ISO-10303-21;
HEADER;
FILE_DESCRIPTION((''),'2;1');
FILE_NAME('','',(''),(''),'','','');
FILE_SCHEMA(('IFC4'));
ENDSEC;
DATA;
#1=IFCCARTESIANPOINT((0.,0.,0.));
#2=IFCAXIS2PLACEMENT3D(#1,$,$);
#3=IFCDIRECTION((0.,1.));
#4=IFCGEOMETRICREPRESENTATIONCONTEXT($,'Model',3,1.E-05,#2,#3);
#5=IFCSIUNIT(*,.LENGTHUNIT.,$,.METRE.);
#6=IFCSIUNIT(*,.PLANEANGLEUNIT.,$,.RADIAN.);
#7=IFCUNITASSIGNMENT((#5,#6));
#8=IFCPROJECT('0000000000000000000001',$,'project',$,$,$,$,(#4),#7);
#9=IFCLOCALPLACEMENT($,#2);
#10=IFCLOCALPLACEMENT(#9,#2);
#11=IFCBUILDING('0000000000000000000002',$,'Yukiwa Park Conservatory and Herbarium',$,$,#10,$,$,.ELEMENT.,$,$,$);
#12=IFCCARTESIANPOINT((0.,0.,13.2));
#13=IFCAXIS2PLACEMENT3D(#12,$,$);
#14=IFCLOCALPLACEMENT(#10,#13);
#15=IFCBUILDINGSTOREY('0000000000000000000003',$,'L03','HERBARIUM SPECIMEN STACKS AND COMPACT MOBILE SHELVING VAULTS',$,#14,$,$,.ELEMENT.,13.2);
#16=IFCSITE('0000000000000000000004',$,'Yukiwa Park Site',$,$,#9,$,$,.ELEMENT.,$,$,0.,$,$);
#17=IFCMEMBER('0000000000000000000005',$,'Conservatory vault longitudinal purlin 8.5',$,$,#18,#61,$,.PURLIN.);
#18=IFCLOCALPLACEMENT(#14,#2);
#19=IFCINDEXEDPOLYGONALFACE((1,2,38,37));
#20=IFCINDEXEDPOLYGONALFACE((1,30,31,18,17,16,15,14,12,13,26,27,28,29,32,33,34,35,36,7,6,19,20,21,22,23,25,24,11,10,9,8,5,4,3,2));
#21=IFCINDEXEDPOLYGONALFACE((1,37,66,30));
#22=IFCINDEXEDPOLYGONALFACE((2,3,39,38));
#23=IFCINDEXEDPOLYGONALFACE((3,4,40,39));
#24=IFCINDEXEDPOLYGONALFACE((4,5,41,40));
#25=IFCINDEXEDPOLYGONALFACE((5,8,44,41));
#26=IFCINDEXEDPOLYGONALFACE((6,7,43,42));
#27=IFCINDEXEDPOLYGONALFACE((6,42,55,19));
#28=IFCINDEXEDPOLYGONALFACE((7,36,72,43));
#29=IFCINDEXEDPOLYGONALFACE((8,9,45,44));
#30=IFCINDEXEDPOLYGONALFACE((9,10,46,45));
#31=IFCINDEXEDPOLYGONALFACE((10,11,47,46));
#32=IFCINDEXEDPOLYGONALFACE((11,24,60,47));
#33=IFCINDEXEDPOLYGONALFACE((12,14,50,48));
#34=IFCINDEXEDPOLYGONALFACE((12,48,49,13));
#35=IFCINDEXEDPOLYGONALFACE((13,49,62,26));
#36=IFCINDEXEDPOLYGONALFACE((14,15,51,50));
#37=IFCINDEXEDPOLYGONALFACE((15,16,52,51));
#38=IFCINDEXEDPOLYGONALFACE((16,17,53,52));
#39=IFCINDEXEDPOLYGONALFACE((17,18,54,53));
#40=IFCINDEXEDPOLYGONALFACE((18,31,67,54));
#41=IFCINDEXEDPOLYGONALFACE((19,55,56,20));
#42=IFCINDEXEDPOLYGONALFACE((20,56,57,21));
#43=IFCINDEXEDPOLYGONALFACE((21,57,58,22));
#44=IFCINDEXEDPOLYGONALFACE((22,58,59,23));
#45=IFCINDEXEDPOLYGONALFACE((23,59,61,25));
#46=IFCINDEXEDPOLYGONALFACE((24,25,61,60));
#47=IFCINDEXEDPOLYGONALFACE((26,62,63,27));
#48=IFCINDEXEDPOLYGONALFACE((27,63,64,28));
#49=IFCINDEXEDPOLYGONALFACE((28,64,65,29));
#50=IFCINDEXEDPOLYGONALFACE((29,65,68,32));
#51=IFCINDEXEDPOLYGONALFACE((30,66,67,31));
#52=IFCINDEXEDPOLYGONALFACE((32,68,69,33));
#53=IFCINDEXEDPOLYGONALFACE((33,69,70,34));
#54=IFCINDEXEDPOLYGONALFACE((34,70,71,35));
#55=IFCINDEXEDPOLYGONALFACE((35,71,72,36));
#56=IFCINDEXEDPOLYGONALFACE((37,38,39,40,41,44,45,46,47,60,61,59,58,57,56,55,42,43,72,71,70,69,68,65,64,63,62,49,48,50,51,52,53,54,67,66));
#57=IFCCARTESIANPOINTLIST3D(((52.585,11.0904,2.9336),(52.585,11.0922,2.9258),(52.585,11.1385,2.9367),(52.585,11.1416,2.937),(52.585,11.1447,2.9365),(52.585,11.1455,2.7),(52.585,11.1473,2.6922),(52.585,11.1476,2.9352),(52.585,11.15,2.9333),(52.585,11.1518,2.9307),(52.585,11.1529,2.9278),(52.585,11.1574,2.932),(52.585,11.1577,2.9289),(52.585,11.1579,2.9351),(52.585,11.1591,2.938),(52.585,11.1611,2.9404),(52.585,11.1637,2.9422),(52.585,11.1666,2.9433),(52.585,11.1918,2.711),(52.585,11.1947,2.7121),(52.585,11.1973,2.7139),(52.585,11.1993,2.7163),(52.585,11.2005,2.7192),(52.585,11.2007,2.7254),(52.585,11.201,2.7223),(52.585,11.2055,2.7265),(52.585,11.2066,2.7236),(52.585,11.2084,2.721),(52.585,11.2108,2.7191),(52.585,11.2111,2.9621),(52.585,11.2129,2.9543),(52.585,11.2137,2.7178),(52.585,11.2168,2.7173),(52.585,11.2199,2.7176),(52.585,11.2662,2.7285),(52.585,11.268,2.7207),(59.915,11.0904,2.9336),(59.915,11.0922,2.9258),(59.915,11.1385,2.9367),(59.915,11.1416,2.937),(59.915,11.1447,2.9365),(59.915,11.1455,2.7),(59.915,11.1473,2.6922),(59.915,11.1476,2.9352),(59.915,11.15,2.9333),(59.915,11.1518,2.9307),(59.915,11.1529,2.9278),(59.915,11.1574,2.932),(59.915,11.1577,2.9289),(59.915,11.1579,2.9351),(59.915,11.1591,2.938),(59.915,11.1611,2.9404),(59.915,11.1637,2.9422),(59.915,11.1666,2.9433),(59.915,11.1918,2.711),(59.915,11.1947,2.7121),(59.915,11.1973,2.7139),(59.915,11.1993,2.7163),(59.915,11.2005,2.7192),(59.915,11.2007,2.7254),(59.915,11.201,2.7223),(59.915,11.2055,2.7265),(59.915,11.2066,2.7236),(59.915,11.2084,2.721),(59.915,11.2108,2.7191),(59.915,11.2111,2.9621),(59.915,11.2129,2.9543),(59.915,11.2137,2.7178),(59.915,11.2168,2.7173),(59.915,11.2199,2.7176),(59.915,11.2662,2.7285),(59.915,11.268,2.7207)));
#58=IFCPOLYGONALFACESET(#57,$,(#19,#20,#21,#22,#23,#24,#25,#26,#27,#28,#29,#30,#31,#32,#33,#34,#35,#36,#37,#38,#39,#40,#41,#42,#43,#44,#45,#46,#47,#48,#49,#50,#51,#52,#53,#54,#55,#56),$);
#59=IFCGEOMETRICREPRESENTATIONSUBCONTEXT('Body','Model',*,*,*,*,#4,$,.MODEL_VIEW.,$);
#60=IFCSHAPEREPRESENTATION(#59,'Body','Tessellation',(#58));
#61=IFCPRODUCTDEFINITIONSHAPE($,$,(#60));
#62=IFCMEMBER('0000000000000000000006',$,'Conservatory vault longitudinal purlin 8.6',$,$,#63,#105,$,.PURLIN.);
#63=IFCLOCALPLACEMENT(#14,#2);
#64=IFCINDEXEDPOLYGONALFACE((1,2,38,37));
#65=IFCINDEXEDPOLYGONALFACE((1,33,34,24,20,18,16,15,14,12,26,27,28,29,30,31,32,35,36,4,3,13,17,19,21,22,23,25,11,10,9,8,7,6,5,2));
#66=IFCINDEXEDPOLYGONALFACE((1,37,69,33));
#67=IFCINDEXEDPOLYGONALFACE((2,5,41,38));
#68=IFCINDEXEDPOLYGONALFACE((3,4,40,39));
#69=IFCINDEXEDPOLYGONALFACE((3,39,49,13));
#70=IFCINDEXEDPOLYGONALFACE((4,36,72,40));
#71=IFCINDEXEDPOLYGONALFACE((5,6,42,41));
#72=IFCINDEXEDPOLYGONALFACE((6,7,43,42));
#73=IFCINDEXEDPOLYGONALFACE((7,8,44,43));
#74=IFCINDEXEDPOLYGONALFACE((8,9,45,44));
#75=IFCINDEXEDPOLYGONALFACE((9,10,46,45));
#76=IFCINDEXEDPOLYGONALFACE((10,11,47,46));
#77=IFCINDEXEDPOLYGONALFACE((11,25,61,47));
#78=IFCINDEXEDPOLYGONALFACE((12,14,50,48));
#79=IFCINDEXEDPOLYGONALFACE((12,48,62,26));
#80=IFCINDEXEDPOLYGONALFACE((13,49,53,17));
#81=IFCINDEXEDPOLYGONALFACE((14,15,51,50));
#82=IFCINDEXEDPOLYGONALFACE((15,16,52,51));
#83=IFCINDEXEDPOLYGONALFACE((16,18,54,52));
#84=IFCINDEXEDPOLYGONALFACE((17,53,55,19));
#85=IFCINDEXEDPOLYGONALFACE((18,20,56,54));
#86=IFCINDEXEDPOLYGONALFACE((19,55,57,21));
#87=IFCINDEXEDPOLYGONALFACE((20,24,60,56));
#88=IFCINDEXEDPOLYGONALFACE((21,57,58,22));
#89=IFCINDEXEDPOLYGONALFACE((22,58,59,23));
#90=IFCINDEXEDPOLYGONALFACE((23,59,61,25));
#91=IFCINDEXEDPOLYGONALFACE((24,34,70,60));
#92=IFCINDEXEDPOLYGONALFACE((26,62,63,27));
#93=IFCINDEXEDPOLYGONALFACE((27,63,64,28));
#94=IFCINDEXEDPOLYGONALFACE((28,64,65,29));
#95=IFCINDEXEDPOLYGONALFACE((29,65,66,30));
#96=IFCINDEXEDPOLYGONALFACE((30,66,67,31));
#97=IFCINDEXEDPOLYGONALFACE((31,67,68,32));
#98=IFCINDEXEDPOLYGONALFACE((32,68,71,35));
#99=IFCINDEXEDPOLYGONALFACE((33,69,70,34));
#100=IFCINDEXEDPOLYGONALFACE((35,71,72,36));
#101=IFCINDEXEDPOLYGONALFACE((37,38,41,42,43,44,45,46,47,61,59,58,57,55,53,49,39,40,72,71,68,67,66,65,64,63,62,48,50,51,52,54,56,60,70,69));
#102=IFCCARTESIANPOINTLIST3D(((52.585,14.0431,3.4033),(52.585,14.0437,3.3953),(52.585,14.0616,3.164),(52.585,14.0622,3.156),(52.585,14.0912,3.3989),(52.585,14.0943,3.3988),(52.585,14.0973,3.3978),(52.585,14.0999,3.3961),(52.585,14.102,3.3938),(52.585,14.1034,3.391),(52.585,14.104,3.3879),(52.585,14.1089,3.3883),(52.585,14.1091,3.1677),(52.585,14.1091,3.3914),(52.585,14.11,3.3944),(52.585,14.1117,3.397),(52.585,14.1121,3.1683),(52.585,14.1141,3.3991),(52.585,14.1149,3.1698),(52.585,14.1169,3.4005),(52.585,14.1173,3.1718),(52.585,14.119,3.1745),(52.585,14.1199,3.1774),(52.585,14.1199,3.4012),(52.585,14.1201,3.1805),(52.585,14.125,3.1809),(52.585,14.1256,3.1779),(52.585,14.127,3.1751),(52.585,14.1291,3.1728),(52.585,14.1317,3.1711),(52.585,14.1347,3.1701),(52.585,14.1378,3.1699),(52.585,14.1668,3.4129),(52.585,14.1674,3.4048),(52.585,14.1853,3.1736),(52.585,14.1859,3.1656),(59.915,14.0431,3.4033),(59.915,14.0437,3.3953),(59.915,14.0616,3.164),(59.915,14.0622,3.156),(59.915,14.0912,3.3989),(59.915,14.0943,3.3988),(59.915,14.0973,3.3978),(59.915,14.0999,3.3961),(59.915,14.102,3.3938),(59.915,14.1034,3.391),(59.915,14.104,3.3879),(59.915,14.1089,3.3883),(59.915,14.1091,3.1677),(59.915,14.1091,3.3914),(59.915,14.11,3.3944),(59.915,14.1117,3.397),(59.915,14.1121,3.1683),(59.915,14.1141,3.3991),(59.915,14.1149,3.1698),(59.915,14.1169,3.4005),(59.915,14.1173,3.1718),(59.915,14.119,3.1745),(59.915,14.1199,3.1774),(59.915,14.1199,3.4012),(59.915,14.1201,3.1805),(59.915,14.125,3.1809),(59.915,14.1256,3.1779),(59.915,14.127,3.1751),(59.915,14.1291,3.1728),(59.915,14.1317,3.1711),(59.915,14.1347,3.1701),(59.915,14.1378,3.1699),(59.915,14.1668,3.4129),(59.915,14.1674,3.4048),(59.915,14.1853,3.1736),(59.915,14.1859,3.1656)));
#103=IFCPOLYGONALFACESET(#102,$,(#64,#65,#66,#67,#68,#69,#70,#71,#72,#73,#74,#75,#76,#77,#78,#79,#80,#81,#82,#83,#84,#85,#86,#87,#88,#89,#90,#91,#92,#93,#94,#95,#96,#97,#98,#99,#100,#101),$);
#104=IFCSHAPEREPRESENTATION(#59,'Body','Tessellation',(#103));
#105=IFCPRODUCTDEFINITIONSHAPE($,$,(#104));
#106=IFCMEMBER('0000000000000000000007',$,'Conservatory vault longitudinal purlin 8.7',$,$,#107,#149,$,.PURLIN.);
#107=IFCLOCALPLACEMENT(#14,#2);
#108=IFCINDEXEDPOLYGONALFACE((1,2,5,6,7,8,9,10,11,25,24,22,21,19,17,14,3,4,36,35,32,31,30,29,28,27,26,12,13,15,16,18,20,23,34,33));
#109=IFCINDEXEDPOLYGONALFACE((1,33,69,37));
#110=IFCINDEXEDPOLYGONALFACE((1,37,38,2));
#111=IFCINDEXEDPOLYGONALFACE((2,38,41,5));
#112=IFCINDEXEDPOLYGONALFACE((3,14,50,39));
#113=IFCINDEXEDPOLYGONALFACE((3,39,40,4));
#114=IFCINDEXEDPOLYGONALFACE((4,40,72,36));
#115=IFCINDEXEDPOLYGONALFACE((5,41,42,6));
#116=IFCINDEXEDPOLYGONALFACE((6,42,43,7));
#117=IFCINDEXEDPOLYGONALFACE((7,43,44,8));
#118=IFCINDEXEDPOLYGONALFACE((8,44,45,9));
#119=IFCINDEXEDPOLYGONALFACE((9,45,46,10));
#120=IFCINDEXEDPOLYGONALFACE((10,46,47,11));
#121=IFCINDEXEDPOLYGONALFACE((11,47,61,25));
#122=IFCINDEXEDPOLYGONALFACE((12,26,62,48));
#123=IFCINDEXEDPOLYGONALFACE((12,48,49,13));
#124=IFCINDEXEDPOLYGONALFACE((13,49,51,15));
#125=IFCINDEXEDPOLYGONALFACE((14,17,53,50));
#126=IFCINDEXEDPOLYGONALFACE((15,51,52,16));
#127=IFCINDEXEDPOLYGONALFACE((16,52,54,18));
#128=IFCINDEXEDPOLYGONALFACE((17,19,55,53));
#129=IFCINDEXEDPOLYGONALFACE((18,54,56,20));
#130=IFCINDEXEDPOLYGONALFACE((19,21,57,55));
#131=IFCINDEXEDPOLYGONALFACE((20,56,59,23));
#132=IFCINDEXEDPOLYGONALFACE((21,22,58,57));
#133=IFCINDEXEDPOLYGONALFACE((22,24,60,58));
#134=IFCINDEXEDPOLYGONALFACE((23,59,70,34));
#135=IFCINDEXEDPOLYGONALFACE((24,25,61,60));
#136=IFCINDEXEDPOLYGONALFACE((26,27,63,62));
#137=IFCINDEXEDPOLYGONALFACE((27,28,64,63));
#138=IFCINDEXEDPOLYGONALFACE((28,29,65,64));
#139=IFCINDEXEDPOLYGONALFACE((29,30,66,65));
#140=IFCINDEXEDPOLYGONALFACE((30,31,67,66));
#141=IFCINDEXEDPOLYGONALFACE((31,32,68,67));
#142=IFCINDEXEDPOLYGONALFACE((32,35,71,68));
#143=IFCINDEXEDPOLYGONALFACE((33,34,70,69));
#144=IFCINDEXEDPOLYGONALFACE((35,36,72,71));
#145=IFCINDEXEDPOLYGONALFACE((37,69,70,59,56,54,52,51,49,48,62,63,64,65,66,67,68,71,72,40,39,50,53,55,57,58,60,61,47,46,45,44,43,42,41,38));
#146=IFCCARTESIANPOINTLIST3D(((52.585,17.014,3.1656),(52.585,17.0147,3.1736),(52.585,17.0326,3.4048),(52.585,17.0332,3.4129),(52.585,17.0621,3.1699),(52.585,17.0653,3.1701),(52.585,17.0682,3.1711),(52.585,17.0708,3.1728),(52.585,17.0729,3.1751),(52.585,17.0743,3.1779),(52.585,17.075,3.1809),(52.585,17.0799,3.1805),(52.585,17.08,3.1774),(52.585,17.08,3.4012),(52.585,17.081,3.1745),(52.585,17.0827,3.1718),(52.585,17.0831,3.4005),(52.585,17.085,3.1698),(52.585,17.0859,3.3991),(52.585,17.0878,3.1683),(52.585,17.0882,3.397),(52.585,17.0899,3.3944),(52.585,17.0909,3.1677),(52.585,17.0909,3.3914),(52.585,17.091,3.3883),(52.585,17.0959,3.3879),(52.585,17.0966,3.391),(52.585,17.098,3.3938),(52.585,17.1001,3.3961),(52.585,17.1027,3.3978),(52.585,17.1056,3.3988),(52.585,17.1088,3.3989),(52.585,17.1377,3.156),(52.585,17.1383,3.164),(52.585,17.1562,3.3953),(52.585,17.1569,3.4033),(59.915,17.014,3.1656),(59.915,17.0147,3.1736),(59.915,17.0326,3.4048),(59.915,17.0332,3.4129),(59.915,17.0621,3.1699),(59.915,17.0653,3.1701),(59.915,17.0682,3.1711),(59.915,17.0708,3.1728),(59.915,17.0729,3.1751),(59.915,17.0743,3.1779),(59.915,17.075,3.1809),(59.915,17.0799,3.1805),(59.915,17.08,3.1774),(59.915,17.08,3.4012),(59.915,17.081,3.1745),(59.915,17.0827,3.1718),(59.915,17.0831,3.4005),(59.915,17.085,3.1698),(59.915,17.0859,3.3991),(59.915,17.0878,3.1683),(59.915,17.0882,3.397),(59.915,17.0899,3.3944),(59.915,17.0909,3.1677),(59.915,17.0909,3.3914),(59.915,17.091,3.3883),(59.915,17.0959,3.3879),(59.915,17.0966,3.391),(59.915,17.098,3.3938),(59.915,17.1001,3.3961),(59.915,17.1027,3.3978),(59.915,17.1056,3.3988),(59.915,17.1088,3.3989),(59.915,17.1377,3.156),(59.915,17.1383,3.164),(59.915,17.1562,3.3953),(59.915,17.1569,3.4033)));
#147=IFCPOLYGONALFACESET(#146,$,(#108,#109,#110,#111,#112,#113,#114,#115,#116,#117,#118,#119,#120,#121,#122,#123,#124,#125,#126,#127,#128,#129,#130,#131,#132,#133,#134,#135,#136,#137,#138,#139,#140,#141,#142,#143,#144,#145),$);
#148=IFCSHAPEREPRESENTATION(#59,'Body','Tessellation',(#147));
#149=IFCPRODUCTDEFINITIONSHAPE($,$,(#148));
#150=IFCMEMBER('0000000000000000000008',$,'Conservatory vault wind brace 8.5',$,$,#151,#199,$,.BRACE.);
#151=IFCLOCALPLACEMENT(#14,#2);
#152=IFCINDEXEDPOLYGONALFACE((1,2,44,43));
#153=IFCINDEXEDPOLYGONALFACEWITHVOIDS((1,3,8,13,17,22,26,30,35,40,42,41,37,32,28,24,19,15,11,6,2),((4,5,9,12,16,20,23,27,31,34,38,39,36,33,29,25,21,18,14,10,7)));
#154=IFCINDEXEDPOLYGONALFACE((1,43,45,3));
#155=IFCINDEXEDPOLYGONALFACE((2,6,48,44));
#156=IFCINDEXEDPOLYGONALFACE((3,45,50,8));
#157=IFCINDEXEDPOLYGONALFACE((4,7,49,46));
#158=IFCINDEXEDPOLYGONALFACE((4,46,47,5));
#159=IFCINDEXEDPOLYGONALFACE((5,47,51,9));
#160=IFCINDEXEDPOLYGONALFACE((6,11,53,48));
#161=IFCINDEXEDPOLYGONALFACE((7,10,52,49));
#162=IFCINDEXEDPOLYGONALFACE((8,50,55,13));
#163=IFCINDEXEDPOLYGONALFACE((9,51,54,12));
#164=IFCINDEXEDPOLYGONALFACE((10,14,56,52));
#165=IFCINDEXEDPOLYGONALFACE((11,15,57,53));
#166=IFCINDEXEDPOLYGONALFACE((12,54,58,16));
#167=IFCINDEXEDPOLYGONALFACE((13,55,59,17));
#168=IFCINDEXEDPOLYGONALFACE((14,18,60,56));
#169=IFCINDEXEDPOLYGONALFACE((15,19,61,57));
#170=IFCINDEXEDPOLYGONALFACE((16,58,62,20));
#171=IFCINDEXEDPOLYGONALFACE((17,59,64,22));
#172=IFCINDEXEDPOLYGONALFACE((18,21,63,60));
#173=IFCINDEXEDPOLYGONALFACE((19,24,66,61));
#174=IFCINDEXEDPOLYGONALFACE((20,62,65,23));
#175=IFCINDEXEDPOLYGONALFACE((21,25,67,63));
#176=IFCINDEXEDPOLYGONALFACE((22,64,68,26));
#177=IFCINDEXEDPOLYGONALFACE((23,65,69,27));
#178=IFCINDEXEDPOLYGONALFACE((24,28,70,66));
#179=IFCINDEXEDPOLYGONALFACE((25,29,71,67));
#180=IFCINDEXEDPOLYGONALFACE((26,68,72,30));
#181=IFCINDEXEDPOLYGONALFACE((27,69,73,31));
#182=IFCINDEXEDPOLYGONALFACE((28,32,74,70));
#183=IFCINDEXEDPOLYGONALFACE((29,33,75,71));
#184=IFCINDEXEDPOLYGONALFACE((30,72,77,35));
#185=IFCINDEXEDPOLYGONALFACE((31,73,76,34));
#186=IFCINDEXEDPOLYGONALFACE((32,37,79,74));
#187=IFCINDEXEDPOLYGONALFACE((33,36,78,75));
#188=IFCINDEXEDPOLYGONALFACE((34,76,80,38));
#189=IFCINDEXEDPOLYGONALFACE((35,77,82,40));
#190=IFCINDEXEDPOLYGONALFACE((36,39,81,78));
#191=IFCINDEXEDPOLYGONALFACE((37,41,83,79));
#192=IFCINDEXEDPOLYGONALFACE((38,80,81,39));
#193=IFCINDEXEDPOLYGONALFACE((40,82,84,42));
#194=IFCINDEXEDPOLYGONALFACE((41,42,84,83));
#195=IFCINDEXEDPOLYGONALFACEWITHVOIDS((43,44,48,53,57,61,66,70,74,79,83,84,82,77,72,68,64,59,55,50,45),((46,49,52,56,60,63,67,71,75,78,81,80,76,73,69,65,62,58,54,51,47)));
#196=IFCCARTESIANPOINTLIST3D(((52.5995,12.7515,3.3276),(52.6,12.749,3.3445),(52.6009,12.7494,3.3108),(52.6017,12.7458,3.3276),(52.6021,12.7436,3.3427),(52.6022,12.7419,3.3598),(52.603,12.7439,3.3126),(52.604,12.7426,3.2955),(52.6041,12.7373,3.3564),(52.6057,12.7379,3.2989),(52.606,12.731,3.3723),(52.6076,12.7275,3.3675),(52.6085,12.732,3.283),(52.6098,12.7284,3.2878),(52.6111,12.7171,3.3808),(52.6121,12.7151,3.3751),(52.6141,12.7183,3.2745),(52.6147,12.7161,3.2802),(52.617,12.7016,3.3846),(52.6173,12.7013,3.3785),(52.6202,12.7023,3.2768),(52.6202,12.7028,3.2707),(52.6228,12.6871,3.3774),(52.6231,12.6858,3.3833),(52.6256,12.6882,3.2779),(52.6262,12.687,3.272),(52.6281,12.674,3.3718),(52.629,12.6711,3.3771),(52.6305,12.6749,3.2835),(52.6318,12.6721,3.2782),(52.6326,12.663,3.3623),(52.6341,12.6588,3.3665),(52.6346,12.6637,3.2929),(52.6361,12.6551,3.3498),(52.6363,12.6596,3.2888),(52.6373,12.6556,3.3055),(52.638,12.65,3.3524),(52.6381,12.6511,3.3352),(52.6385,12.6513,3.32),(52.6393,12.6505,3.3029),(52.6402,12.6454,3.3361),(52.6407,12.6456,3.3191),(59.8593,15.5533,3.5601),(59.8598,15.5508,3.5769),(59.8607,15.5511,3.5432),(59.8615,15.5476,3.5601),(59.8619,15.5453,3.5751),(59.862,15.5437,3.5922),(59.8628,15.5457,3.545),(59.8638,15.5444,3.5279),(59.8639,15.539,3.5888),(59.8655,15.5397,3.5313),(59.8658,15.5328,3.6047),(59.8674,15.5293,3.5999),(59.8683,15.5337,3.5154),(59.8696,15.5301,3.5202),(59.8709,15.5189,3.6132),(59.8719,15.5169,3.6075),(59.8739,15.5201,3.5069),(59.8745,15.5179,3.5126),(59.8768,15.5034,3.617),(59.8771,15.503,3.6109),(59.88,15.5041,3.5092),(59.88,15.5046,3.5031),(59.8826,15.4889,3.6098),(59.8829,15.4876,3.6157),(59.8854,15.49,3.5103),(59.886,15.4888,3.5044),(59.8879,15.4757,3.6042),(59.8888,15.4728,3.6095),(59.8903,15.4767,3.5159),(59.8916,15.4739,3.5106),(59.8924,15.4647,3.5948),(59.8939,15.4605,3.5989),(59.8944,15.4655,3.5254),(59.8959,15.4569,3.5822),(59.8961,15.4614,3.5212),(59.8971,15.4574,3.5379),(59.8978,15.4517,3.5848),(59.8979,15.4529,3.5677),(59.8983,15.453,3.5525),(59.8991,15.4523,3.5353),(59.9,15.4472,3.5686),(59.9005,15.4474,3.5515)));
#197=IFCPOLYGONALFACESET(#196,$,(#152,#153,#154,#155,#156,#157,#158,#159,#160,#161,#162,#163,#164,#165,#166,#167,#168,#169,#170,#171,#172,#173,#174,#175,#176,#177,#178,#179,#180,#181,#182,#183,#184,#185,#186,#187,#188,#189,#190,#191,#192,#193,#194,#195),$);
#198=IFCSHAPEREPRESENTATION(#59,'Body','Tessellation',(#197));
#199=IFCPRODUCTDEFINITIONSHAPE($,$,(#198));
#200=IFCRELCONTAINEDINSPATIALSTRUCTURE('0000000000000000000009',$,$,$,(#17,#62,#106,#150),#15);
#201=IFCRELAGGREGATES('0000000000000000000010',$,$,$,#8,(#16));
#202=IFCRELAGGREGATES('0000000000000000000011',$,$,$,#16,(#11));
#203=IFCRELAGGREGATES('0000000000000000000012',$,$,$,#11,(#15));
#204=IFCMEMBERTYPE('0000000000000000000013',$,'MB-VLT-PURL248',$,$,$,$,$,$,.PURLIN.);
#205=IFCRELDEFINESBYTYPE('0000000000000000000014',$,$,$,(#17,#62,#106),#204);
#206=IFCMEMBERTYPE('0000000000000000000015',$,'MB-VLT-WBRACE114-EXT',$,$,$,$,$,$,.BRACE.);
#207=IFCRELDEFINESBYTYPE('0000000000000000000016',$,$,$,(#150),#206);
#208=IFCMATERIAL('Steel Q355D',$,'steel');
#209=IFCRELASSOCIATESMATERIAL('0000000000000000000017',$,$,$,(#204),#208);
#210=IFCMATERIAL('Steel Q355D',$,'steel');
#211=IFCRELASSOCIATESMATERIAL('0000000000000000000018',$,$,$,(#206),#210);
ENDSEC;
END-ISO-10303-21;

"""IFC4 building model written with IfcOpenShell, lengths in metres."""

from ifc_helpers import new_model, si_unit, direction, frame, origin, origin_2d, place, context, subcontext, project, spatial, hollow_circle, i_section, extrude, material, material_profile, profile_set, type_object, element, save


model = new_model("IFC4")

# Units and contexts
model_context = context("Model", 3, precision=1e-05, world=origin(), true_north=direction((0.0, 1.0)))
body_context = subcontext(model_context, "Body", "Model", "MODEL_VIEW")
ifc_project = project(units=[si_unit("LENGTHUNIT", "METRE"), si_unit("PLANEANGLEUNIT", "RADIAN")], contexts=[model_context])

# Site, building, storey
site_placement = place(None, origin())
site = spatial("IfcSite", under=ifc_project, at=site_placement, Name="Yukiwa Park Site", CompositionType="ELEMENT", RefElevation=0.0)
building_placement = place(site_placement, origin())
building = spatial("IfcBuilding", under=site, at=building_placement, Name="Yukiwa Park Conservatory and Herbarium", CompositionType="ELEMENT")
storey_placement = place(building_placement, frame((0.0, 0.0, 13.2)))
storey = spatial("IfcBuildingStorey", under=building, at=storey_placement, Name="L03", Description="HERBARIUM SPECIMEN STACKS AND COMPACT MOBILE SHELVING VAULTS", CompositionType="ELEMENT", Elevation=13.2)

# Members
ifc_material_1 = material(Name="Steel Q355D", Category="steel")
ifc_material_profile_1 = material_profile(ifc_material_1, i_section(OverallWidth=0.124, OverallDepth=0.248, WebThickness=0.0049, FlangeThickness=0.0081, FilletRadius=0.012, at=origin_2d()), Name="HN 248x124x5x8")
ifc_profile_set_1 = profile_set([ifc_material_profile_1], Name="Steel Q355D")
member_type_1 = type_object("IfcMemberType", Name="MB-VLT-PURL248", PredefinedType="PURLIN", material=ifc_profile_set_1)
for number, where, z_axis, x_axis, name in (
    (1, (52.585, 11.1792, 2.8271), (1.0, 0.0, 0.0), (0.0, 0.973249, 0.229752), "Conservatory vault longitudinal purlin 8.5"),
    (2, (52.585, 14.1145, 3.2844), (1.0, 0.0, 0.0), (0.0, 0.997016, 0.077198), "Conservatory vault longitudinal purlin 8.6"),
    (3, (52.585, 17.0854, 3.2844), (1.0, 0.0, 0.0), (0.0, 0.997016, -0.077198), "Conservatory vault longitudinal purlin 8.7"),
):
    element("IfcMember", number, at=place(storey_placement, frame(where, z_axis=z_axis, x_axis=x_axis)), inside=storey, type_object=member_type_1, Name=name, PredefinedType="PURLIN", context=body_context, shape_type="SweptSolid", body=[
        extrude(i_section(OverallWidth=0.124, OverallDepth=0.248, WebThickness=0.0049, FlangeThickness=0.0081, FilletRadius=0.012, at=origin_2d()), origin(), (0.0, 0.0, 1.0), 7.3301),
    ])
ifc_material_2 = material(Name="Steel Q355D", Category="steel")
ifc_material_profile_2 = material_profile(ifc_material_2, hollow_circle(Radius=0.0571, WallThickness=0.0061, at=origin_2d()), Name="CHS 114.3x6")
ifc_profile_set_2 = profile_set([ifc_material_profile_2], Name="Steel Q355D")
member_type_2 = type_object("IfcMemberType", Name="MB-VLT-WBRACE114-EXT", PredefinedType="BRACE", material=ifc_profile_set_2)
for number, where, z_axis, x_axis, name in (
    (4, (52.6201, 12.6982, 3.3276), (0.932518, 0.359886, 0.029855), (-0.360047, 0.932934, 0.0), "Conservatory vault wind brace 8.5"),
):
    element("IfcMember", number, at=place(storey_placement, frame(where, z_axis=z_axis, x_axis=x_axis)), inside=storey, type_object=member_type_2, Name=name, PredefinedType="BRACE", context=body_context, shape_type="SweptSolid", body=[
        extrude(hollow_circle(Radius=0.0571, WallThickness=0.0061, at=origin_2d()), origin(), (0.0, 0.0, 1.0), 7.7852),
    ])

save(model, "model.ifc")
